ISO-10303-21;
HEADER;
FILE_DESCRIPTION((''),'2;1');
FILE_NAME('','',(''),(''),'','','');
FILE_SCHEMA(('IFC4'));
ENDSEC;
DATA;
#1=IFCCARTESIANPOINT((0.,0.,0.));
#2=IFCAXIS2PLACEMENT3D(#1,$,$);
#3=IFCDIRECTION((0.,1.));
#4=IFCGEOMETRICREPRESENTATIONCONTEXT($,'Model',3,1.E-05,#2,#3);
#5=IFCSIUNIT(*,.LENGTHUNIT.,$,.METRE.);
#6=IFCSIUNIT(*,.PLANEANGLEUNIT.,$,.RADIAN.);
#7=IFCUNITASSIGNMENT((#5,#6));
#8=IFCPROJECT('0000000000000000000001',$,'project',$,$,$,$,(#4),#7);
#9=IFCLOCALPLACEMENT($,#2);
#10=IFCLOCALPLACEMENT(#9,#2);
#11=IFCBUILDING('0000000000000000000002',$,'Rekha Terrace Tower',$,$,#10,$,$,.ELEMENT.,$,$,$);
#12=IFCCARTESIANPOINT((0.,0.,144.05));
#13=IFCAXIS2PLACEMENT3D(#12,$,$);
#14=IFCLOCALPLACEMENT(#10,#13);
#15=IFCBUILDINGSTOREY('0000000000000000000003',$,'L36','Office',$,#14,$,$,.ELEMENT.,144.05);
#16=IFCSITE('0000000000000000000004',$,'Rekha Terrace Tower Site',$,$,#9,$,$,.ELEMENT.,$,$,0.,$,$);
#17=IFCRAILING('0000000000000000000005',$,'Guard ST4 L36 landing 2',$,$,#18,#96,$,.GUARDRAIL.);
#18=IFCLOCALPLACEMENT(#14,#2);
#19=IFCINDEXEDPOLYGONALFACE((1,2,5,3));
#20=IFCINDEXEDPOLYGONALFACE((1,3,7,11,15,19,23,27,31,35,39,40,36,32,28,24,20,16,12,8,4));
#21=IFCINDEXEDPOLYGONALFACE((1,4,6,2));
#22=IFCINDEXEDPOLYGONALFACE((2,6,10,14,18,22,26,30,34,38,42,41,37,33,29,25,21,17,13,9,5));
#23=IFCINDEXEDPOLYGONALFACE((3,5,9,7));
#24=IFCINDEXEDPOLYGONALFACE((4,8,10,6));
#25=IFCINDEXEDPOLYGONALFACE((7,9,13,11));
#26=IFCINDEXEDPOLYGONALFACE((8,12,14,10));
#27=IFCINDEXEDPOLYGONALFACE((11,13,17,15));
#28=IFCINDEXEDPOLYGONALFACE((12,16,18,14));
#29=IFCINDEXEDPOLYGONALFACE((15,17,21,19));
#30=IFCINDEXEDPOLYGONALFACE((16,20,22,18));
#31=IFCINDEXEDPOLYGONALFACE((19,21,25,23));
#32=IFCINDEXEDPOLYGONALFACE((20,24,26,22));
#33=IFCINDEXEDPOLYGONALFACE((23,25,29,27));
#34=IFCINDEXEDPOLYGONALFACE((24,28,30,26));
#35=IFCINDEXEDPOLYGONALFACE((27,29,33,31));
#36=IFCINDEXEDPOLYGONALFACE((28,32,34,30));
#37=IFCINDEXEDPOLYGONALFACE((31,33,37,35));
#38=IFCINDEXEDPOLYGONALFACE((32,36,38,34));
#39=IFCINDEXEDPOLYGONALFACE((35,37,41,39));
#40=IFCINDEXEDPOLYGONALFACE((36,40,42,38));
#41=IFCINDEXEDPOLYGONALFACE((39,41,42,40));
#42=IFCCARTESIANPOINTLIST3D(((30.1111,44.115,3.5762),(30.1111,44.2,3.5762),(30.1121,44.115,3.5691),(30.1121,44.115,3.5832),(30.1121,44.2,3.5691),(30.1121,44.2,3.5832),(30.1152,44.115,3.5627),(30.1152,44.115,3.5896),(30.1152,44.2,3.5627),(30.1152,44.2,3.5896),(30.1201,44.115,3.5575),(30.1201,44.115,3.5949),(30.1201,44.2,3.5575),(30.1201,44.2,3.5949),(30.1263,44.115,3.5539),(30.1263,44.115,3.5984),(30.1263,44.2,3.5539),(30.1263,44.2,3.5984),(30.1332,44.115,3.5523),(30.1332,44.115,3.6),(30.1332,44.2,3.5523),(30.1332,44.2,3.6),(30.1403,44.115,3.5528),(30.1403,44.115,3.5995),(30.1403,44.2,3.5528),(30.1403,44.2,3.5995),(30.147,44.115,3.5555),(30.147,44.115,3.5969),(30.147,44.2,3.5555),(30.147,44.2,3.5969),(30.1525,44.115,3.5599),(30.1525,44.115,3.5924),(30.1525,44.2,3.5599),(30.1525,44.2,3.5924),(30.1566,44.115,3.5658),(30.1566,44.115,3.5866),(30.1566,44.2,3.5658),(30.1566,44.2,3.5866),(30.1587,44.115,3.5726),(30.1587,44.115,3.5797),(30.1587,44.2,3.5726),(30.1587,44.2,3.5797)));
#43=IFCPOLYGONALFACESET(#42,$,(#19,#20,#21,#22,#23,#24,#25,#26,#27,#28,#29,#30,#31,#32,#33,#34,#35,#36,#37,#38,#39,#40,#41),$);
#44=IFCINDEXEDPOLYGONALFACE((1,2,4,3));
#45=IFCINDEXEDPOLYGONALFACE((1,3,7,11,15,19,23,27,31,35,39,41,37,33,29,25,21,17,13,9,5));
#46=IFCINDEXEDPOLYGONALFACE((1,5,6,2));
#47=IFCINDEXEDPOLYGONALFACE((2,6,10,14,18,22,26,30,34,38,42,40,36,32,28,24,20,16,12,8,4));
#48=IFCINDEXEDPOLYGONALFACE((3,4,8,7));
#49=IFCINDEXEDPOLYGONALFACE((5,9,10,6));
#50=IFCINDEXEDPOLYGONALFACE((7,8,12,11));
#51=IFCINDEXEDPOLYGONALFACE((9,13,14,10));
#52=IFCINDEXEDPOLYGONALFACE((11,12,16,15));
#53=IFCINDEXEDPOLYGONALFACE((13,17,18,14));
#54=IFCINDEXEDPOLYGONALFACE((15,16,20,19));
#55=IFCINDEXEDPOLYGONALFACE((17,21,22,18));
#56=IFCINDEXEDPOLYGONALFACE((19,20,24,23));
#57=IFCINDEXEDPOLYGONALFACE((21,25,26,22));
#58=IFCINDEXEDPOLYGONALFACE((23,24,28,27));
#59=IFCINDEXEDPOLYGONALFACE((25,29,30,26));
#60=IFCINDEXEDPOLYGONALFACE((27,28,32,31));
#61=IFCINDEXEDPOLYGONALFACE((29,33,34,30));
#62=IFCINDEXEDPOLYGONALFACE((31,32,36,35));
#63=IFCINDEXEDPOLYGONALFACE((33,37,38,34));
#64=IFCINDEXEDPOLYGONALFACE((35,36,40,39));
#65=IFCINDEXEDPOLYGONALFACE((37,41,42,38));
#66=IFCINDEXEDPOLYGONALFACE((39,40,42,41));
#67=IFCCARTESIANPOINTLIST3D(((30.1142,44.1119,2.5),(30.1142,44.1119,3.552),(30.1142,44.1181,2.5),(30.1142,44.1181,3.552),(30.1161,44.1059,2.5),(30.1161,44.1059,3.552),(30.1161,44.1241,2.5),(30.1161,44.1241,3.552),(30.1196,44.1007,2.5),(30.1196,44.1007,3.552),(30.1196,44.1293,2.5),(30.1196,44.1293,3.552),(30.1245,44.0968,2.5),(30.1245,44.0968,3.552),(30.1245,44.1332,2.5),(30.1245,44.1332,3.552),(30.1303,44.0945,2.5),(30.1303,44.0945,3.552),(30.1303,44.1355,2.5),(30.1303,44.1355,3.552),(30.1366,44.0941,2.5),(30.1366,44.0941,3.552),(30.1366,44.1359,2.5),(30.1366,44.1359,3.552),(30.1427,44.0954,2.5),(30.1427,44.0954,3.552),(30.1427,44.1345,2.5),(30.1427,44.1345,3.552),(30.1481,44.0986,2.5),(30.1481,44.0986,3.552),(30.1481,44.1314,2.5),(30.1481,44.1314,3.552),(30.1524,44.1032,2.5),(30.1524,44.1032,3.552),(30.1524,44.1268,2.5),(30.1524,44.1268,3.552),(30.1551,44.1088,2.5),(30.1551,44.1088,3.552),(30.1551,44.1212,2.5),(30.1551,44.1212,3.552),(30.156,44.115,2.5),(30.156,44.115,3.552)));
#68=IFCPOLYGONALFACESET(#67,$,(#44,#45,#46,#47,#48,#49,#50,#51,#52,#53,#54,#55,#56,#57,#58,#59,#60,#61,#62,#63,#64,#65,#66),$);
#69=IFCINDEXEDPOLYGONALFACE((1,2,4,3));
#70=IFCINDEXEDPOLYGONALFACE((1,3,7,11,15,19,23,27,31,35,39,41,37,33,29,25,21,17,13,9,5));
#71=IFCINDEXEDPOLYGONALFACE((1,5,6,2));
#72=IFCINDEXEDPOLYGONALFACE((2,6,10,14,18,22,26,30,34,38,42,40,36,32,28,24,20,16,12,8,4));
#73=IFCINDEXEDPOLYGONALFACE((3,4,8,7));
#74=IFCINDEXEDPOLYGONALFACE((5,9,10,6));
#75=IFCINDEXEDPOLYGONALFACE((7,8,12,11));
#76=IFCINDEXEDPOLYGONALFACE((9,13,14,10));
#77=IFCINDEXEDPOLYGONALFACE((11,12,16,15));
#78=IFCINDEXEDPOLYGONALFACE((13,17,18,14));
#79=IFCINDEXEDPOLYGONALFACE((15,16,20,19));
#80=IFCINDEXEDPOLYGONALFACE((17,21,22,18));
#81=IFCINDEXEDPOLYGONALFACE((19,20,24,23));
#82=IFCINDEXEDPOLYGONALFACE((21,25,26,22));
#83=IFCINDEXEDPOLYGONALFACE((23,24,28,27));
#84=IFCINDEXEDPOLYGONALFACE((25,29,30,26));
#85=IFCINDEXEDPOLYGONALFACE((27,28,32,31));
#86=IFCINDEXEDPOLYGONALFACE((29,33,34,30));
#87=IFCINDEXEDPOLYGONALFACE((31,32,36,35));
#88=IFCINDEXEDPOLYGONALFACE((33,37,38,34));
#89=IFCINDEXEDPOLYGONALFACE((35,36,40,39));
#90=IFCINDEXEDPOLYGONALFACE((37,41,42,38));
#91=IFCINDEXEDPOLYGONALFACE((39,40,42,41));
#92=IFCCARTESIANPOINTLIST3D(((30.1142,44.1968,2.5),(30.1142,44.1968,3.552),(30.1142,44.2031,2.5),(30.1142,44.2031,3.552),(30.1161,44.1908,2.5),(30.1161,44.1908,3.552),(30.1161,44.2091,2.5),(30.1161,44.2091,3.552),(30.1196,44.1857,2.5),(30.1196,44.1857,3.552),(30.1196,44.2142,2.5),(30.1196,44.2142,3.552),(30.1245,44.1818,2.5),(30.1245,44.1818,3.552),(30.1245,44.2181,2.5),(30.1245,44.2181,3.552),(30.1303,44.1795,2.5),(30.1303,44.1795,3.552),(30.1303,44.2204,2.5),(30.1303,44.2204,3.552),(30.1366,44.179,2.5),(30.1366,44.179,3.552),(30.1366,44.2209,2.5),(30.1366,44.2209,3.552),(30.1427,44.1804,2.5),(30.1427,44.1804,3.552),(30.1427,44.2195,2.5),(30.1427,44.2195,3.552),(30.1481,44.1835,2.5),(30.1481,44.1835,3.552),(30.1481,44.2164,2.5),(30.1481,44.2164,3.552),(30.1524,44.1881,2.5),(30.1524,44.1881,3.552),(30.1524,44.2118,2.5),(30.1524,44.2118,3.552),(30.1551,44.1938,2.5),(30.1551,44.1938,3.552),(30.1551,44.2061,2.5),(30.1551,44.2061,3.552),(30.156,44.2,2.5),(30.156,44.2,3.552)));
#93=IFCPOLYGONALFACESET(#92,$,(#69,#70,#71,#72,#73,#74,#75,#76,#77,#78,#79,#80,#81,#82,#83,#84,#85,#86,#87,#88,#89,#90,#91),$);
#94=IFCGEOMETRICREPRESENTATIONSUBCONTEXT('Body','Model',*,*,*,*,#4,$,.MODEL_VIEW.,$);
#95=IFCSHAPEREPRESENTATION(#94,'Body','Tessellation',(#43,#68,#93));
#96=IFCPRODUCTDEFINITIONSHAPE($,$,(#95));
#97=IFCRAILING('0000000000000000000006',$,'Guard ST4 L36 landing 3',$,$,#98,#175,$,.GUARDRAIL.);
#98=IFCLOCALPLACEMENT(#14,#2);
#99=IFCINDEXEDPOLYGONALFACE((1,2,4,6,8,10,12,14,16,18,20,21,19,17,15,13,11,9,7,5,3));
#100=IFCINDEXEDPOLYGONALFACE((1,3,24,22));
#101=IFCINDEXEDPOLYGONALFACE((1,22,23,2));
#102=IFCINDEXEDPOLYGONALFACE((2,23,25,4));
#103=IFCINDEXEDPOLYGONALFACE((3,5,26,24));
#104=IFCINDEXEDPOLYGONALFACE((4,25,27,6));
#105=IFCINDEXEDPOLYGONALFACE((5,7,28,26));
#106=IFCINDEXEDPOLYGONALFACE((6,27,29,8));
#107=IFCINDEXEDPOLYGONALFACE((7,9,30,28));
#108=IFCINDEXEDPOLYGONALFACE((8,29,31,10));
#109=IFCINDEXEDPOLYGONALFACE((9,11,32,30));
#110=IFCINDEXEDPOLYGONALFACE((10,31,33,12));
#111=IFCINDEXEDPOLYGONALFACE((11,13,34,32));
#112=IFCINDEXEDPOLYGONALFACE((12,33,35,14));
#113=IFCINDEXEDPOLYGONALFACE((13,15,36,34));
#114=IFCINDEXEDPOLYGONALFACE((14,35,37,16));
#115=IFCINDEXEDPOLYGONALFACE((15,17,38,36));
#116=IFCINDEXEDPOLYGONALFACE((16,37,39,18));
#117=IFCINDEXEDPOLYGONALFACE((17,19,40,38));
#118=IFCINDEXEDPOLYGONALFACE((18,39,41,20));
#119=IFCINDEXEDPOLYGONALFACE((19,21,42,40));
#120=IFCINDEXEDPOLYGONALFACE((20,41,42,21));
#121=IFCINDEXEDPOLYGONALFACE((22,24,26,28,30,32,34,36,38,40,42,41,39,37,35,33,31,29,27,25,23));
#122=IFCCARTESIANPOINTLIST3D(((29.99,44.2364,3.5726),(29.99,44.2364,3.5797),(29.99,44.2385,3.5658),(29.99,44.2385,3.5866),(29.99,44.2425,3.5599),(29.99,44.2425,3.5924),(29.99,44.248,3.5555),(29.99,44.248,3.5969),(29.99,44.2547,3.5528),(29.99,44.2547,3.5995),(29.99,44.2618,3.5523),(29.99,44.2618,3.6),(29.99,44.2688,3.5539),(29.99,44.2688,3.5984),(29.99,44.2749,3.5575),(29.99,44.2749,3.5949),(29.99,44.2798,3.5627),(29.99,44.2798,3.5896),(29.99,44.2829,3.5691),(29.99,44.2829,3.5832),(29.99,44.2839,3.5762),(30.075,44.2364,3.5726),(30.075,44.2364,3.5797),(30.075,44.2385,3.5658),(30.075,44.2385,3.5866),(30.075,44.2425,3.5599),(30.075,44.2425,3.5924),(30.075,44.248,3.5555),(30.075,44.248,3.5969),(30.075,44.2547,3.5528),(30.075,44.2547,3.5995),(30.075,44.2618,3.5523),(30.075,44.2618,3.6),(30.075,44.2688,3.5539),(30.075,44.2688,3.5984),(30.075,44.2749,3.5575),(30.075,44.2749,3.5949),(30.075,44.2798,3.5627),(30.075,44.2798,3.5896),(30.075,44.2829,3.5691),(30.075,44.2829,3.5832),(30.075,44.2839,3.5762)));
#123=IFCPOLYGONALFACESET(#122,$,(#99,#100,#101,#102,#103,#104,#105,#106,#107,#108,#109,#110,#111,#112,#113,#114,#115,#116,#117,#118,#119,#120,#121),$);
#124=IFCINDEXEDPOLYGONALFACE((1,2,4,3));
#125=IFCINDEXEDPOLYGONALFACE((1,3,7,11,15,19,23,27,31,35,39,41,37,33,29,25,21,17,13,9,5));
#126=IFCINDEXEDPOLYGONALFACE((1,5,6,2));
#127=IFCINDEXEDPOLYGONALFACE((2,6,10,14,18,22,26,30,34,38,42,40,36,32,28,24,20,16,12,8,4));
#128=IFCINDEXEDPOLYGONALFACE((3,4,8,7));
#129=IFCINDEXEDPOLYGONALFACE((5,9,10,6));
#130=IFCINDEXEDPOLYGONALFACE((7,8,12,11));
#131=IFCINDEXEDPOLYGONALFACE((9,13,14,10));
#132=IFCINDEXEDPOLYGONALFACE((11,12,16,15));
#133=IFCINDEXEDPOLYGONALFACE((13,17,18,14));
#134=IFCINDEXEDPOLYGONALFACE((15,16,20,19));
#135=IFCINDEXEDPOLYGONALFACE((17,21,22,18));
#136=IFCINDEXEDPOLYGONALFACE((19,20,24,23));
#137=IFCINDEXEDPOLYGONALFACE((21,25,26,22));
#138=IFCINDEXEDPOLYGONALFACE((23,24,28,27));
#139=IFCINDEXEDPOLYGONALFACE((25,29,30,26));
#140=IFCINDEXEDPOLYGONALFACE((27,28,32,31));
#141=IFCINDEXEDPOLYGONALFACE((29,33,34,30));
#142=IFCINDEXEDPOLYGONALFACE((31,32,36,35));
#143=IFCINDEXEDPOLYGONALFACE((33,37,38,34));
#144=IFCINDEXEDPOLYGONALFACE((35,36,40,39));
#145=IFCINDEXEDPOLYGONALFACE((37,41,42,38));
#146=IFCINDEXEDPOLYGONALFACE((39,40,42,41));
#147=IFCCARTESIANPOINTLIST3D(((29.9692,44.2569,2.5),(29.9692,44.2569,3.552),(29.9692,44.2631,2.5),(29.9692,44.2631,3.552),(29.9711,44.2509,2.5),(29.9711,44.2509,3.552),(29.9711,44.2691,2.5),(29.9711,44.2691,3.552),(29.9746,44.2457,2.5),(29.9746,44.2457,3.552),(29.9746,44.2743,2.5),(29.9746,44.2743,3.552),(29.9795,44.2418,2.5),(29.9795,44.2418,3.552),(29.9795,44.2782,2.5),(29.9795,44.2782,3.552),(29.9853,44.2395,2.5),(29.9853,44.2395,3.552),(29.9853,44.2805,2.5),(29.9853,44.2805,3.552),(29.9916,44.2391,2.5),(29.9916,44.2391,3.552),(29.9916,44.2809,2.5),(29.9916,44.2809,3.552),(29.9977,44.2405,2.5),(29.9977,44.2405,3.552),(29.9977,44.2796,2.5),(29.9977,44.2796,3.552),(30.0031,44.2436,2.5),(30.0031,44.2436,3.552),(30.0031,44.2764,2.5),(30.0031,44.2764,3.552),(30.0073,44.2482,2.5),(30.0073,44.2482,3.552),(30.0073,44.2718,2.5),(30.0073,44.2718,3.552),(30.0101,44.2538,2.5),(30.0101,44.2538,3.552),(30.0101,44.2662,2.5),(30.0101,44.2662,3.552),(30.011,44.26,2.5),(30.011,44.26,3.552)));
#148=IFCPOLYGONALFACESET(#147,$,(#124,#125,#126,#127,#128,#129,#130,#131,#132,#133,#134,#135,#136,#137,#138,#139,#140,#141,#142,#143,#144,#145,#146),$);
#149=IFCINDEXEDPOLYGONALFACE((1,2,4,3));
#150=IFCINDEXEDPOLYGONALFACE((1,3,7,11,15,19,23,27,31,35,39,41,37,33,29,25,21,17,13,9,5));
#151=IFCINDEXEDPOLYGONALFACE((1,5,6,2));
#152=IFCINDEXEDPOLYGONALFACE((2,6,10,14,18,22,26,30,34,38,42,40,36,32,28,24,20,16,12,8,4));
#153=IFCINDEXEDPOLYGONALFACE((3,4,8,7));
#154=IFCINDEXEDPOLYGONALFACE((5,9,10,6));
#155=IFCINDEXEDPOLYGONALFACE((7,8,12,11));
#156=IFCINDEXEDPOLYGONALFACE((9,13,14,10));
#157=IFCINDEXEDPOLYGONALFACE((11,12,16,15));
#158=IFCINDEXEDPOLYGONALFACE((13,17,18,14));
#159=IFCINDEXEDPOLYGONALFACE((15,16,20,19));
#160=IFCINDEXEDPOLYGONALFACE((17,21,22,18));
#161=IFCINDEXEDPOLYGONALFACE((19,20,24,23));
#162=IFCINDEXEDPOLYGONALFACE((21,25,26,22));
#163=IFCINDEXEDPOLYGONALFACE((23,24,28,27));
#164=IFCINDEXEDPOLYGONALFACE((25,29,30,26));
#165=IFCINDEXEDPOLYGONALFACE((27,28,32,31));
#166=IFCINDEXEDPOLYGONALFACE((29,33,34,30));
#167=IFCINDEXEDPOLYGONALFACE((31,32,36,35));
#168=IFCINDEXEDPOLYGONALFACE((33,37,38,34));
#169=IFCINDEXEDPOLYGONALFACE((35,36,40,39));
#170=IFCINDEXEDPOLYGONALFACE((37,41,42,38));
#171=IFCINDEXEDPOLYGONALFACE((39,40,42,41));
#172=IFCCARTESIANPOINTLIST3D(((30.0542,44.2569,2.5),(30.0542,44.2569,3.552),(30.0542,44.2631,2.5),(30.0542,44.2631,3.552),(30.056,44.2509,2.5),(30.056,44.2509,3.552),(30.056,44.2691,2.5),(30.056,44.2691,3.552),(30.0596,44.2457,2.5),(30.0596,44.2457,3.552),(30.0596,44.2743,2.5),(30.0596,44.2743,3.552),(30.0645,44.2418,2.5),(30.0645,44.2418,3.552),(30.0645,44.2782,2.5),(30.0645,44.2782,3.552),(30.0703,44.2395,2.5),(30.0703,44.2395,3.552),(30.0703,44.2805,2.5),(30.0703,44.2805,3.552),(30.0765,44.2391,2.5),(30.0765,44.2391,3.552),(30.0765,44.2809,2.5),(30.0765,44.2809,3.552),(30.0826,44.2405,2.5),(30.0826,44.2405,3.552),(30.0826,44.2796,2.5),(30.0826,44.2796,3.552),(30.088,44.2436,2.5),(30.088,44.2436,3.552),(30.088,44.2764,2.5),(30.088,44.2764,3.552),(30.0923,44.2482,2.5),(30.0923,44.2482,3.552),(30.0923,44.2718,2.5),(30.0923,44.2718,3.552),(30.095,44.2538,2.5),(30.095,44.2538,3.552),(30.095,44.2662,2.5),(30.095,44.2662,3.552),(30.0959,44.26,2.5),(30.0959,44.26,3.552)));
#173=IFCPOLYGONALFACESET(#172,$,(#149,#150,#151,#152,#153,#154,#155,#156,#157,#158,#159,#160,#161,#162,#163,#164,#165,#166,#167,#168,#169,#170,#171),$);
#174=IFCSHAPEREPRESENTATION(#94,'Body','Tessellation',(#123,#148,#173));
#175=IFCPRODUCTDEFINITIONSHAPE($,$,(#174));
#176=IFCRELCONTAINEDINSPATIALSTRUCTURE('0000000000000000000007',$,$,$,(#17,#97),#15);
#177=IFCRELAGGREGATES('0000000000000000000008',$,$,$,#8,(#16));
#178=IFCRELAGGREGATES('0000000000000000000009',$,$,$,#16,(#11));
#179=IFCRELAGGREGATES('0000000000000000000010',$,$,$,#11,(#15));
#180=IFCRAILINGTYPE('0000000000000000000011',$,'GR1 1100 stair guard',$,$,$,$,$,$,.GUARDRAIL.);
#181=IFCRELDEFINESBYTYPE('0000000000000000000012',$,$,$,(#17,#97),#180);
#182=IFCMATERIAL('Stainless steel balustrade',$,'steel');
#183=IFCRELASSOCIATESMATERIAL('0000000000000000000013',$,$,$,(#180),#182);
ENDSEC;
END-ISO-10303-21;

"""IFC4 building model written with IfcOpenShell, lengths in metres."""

from ifc_helpers import new_model, si_unit, direction, frame, origin, origin_2d, place, context, subcontext, project, spatial, circle, extrude, material, type_object, element, save


model = new_model("IFC4")

# Units and contexts
model_context = context("Model", 3, precision=1e-05, world=origin(), true_north=direction((0.0, 1.0)))
body_context = subcontext(model_context, "Body", "Model", "MODEL_VIEW")
ifc_project = project(units=[si_unit("LENGTHUNIT", "METRE"), si_unit("PLANEANGLEUNIT", "RADIAN")], contexts=[model_context])

# Site, building, storey
site_placement = place(None, origin())
site = spatial("IfcSite", under=ifc_project, at=site_placement, Name="Rekha Terrace Tower Site", CompositionType="ELEMENT", RefElevation=0.0)
building_placement = place(site_placement, origin())
building = spatial("IfcBuilding", under=site, at=building_placement, Name="Rekha Terrace Tower", CompositionType="ELEMENT")
storey_placement = place(building_placement, frame((0.0, 0.0, 144.05)))
storey = spatial("IfcBuildingStorey", under=building, at=storey_placement, Name="L36", Description="Office", CompositionType="ELEMENT", Elevation=144.05)

# Railings
ifc_material_1 = material(Name="Stainless steel balustrade", Category="steel")
railing_type_1 = type_object("IfcRailingType", Name="GR1 1100 stair guard", PredefinedType="GUARDRAIL", material=ifc_material_1)
railing_1_placement = place(storey_placement, frame((30.135, 44.115, 2.5)))
element("IfcRailing", 1, at=railing_1_placement, inside=storey, type_object=railing_type_1, Name="Guard ST4 L36 landing 2", PredefinedType="GUARDRAIL", context=body_context, shape_type="SweptSolid", body=[
    extrude(circle(Radius=0.0239, at=origin_2d()), frame((0.0, 0.0, 1.0762), z_axis=(0.0, 1.0, 0.0), x_axis=(-1.0, 0.0, 0.0)), (0.0, 0.0, 1.0), 0.085),
    extrude(circle(Radius=0.021, at=origin_2d()), origin(), (0.0, 0.0, 1.0), 1.052),
    extrude(circle(Radius=0.021, at=origin_2d()), frame((0.0, 0.085, 0.0)), (0.0, 0.0, 1.0), 1.052),
])
railing_2_placement = place(storey_placement, frame((29.99, 44.26, 2.5)))
element("IfcRailing", 2, at=railing_2_placement, inside=storey, type_object=railing_type_1, Name="Guard ST4 L36 landing 3", PredefinedType="GUARDRAIL", context=body_context, shape_type="SweptSolid", body=[
    extrude(circle(Radius=0.0239, at=origin_2d()), frame((0.0, 0.0, 1.0762), z_axis=(1.0, 0.0, 0.0), x_axis=(0.0, 1.0, 0.0)), (0.0, 0.0, 1.0), 0.085),
    extrude(circle(Radius=0.021, at=origin_2d()), origin(), (0.0, 0.0, 1.0), 1.052),
    extrude(circle(Radius=0.021, at=origin_2d()), frame((0.085, 0.0, 0.0)), (0.0, 0.0, 1.0), 1.052),
])

save(model, "model.ifc")
